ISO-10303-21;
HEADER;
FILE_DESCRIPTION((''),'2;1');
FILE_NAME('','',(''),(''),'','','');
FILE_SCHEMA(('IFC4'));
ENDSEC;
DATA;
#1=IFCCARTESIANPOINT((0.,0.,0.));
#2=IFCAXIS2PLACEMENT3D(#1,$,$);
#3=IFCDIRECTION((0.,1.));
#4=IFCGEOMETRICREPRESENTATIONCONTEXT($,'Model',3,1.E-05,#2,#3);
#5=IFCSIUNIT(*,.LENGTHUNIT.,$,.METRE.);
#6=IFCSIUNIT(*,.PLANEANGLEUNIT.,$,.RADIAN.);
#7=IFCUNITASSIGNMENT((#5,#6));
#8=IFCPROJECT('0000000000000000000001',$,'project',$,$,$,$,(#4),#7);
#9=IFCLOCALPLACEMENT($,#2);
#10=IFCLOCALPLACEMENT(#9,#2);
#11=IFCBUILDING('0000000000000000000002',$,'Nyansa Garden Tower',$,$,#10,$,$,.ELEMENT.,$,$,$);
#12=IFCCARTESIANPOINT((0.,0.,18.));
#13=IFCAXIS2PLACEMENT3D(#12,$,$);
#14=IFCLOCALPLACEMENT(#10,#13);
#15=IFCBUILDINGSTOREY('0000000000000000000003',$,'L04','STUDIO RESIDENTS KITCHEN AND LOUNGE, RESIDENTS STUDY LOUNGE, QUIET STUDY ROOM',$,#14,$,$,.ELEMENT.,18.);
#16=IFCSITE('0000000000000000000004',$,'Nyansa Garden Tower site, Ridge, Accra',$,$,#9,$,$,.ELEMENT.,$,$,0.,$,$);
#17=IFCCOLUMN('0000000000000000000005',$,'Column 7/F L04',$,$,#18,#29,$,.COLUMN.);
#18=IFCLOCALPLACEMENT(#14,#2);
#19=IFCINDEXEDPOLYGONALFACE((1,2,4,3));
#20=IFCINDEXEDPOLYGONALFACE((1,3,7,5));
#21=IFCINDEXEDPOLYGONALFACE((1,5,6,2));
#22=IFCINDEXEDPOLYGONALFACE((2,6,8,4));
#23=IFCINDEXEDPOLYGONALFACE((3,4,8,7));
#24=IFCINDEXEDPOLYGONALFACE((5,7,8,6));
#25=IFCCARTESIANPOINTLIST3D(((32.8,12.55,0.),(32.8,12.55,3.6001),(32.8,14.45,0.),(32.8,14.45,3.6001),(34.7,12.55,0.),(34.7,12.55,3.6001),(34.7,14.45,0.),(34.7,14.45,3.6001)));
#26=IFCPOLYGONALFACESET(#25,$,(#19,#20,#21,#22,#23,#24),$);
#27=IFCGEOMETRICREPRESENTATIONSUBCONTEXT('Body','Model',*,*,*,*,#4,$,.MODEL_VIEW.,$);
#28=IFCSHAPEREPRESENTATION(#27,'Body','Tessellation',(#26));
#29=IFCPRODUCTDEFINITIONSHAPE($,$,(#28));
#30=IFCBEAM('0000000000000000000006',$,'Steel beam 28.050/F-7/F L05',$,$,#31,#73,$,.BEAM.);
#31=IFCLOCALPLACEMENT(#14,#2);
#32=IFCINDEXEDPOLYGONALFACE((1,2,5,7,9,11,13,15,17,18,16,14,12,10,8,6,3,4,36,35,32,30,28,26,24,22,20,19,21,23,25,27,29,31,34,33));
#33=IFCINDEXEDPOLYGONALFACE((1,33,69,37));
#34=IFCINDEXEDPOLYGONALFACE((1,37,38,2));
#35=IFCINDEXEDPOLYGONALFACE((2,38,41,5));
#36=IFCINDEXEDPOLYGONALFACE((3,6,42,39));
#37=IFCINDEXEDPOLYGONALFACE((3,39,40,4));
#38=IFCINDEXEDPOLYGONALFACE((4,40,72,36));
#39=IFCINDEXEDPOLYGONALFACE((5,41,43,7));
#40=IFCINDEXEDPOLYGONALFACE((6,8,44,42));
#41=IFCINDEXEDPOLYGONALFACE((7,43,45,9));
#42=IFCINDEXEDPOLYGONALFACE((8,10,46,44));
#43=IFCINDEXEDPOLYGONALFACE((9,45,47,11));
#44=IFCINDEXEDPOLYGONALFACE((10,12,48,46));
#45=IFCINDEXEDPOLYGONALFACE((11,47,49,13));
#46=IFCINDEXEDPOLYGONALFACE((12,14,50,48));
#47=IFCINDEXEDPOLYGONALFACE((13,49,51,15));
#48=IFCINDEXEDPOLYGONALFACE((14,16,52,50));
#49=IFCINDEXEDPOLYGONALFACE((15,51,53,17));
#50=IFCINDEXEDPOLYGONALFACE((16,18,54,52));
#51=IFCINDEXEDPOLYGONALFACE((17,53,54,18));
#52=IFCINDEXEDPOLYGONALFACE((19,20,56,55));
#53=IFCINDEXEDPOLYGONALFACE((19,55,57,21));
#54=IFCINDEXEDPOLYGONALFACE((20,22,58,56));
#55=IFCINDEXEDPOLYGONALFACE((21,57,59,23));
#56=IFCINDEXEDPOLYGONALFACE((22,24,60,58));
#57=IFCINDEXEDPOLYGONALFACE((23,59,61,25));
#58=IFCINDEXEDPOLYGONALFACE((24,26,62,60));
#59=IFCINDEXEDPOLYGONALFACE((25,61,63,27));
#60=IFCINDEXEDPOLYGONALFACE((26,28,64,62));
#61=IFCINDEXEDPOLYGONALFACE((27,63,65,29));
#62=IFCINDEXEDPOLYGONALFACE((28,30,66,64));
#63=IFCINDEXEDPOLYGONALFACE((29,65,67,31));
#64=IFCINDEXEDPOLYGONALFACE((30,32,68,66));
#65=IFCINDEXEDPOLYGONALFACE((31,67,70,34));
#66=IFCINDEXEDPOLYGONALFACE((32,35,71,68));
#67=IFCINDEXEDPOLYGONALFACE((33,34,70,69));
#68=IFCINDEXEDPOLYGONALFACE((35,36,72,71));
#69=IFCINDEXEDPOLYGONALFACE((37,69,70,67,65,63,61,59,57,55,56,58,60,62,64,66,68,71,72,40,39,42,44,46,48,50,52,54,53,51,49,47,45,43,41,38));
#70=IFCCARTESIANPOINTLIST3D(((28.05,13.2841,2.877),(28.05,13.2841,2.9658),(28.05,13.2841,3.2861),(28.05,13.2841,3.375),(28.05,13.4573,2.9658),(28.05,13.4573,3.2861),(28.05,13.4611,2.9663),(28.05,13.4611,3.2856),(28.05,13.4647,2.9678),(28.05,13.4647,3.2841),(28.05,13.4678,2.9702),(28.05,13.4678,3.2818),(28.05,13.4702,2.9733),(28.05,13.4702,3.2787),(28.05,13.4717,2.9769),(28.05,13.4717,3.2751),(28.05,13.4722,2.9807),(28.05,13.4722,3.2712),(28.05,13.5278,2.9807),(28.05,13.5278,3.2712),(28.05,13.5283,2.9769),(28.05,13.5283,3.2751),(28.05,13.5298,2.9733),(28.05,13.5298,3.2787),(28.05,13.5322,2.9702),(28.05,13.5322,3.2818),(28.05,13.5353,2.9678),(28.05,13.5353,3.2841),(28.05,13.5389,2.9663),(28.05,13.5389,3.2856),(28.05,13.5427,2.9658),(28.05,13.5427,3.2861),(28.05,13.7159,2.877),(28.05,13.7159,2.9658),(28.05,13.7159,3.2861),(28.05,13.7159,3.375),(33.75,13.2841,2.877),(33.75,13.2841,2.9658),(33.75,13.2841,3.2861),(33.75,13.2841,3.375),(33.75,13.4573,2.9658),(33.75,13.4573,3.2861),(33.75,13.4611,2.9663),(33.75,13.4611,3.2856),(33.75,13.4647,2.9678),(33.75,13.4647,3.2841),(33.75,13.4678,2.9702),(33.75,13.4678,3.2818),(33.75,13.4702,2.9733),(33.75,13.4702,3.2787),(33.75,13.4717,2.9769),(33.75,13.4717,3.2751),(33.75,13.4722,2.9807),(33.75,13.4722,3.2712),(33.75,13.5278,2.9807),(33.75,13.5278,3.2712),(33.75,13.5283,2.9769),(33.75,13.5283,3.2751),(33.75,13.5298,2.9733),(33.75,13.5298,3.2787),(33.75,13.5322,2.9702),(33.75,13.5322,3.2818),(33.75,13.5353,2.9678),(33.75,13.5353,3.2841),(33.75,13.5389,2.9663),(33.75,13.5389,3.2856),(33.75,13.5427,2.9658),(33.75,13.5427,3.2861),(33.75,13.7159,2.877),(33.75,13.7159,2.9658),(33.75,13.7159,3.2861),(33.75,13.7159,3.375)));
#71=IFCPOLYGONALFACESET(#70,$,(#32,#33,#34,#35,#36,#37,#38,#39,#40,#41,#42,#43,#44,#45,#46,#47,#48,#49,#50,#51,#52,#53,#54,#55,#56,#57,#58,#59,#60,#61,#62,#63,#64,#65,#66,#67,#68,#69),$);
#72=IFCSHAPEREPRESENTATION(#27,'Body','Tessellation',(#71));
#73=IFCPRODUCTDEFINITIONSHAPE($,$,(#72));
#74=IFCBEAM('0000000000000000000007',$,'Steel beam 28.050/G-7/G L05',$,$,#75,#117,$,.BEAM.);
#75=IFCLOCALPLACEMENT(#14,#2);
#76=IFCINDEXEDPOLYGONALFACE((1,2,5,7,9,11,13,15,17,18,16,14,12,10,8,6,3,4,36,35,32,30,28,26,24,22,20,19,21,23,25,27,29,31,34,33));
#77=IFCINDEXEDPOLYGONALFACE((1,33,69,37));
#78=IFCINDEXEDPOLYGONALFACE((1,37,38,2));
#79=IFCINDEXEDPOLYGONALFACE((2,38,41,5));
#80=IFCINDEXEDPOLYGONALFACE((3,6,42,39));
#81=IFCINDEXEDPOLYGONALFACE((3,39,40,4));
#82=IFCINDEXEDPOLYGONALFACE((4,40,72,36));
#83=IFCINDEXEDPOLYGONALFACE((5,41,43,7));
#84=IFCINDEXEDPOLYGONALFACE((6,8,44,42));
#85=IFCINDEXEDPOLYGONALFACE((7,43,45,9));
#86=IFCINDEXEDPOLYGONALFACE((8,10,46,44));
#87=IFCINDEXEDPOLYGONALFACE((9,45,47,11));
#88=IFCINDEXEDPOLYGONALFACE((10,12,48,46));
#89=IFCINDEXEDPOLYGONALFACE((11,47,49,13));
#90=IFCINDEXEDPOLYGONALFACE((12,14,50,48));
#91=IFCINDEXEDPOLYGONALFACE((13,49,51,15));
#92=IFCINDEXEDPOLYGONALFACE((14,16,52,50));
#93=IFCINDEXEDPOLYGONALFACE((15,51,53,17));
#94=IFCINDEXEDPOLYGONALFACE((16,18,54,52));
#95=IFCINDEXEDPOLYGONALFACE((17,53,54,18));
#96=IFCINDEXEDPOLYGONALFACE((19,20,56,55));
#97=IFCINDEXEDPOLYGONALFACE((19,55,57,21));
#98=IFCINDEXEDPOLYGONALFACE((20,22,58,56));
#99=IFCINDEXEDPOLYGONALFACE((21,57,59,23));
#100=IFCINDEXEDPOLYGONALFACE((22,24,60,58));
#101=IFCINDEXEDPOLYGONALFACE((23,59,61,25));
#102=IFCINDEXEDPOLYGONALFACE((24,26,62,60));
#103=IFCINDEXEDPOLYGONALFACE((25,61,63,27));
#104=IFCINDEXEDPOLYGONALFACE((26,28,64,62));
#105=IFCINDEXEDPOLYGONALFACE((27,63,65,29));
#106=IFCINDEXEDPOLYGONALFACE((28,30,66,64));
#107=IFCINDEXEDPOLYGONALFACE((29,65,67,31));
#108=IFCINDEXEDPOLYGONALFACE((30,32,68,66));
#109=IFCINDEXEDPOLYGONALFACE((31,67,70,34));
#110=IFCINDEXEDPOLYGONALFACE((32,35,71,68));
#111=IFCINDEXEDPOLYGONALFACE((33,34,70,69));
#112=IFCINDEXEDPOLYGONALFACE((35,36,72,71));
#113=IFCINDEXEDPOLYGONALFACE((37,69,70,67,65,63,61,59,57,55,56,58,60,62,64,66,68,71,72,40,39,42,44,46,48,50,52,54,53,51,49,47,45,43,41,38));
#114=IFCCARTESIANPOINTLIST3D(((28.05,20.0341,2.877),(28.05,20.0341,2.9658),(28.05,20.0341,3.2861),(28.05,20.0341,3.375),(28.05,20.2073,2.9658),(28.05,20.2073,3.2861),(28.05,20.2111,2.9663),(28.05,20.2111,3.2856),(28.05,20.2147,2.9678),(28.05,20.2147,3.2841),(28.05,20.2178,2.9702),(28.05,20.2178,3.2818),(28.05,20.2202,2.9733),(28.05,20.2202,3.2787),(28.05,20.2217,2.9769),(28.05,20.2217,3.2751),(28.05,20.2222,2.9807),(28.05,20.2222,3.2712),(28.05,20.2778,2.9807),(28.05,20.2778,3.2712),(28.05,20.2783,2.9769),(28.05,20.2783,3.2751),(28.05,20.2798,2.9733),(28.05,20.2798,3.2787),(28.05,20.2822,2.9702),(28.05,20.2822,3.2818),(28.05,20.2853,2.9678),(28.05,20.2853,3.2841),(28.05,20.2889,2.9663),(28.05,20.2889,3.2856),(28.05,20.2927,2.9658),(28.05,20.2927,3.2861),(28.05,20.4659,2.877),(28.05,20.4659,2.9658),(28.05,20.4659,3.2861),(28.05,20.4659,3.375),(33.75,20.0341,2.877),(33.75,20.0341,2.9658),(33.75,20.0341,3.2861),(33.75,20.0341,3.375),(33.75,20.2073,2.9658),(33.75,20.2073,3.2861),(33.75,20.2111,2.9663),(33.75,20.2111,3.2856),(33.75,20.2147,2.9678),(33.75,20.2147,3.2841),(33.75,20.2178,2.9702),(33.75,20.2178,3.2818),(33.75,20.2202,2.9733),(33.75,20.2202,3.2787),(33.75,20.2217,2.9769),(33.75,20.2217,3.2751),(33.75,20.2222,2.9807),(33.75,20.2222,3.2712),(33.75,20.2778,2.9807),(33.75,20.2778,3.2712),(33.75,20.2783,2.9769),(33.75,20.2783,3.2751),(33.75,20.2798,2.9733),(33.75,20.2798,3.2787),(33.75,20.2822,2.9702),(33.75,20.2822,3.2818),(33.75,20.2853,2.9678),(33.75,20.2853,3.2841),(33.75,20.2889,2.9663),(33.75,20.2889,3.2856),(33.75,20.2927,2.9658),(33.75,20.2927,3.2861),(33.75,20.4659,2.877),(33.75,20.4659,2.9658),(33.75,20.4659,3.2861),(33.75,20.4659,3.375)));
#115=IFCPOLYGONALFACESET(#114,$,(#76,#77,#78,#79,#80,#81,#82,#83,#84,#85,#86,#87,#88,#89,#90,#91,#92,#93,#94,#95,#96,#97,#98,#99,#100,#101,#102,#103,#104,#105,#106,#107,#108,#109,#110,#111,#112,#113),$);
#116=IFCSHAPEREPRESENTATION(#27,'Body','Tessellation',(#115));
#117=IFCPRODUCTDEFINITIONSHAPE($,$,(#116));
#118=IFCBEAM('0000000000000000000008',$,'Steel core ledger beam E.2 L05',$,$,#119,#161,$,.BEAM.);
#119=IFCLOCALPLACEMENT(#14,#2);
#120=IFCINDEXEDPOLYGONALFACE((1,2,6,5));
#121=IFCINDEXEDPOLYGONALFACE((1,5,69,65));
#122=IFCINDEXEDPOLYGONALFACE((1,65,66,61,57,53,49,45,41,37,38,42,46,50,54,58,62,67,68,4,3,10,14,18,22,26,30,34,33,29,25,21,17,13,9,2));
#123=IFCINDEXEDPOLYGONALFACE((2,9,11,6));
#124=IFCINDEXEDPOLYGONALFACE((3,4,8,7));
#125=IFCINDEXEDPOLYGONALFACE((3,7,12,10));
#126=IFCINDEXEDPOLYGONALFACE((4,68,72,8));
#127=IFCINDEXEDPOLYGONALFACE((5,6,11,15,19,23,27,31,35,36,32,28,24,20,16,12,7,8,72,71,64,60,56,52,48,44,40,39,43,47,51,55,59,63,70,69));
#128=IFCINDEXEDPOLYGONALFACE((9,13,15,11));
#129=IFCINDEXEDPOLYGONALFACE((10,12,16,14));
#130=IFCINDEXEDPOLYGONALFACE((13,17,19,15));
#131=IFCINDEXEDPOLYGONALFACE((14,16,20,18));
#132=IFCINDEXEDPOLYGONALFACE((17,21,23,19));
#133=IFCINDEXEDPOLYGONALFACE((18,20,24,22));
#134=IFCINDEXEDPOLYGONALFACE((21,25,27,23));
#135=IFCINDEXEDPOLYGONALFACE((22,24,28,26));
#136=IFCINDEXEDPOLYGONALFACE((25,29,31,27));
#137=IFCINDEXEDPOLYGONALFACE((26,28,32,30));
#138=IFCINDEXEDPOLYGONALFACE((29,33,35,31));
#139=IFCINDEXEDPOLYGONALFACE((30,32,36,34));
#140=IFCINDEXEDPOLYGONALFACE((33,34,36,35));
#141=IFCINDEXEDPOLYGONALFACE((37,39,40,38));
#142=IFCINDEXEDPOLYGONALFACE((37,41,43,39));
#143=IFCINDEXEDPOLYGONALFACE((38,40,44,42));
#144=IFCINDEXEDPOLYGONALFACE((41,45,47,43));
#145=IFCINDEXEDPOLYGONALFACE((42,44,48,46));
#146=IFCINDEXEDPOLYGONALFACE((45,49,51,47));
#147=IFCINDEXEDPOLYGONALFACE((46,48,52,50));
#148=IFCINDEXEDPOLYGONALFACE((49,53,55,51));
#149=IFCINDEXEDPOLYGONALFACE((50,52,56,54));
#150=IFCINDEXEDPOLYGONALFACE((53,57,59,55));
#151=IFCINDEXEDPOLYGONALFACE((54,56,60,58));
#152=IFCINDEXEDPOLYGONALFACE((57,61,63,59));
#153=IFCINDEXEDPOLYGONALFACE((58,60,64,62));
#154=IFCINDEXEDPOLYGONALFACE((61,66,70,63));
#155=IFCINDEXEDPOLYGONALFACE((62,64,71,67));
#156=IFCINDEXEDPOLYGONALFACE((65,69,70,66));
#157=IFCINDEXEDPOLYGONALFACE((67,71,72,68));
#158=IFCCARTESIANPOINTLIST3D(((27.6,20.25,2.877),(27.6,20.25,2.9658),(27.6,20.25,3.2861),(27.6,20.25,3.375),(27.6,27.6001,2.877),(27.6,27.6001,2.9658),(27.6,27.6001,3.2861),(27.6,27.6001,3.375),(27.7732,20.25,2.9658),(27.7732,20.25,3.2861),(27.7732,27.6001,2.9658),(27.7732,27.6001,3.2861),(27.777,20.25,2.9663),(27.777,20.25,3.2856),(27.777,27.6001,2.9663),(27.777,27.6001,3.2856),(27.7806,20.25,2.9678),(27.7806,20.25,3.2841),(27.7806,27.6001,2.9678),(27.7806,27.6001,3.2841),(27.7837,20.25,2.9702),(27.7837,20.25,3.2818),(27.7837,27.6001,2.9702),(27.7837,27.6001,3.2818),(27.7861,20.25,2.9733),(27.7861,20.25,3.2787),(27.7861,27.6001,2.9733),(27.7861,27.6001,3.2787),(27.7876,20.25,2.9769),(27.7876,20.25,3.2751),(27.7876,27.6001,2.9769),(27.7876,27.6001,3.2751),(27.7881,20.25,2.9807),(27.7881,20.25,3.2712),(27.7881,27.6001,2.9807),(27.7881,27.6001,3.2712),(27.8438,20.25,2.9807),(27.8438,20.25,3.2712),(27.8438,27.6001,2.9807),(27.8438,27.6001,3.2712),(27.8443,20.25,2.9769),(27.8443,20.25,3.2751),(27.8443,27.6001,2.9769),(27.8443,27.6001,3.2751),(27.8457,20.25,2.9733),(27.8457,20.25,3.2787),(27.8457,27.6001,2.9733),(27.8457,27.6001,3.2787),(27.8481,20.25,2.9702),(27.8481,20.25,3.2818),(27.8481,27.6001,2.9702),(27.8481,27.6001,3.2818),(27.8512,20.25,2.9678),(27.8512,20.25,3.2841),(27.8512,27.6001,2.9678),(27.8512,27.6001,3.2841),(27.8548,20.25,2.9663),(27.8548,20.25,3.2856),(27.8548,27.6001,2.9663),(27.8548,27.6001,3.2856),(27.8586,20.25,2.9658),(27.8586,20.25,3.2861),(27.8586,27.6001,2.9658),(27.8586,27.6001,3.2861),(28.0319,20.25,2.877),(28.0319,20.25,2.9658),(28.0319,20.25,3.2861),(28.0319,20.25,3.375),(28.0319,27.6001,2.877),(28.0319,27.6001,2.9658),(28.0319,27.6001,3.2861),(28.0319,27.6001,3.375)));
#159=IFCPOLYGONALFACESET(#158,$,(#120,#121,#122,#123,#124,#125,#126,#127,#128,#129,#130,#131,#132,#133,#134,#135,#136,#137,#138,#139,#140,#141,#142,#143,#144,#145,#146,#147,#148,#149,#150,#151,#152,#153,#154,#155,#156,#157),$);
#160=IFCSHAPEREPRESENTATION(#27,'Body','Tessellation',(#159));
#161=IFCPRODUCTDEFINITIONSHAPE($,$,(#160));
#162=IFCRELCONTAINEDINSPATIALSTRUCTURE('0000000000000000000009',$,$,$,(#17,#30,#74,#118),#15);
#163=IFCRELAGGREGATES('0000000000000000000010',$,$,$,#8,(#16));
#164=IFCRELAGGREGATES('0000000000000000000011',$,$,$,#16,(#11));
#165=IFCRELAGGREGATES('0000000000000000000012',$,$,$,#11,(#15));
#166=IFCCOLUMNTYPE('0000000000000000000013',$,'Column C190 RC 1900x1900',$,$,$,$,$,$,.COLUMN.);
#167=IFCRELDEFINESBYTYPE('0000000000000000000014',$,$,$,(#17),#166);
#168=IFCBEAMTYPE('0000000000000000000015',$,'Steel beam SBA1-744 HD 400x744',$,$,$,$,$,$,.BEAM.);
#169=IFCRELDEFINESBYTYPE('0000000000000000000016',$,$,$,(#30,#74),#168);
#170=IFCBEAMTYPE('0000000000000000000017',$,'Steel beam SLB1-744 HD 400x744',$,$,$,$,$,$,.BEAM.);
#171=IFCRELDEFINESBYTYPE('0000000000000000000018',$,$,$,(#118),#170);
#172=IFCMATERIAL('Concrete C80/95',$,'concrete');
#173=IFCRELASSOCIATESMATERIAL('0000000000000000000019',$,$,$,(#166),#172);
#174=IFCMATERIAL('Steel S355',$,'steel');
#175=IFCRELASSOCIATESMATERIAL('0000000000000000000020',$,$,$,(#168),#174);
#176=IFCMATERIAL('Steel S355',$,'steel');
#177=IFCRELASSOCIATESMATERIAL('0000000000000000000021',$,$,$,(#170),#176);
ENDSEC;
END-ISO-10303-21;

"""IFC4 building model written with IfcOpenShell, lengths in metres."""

from ifc_helpers import new_model, si_unit, direction, frame, origin, origin_2d, place, context, subcontext, project, spatial, rectangle, i_section, extrude, material, material_profile, profile_set, type_object, element, save


model = new_model("IFC4")

# Units and contexts
model_context = context("Model", 3, precision=1e-05, world=origin(), true_north=direction((0.0, 1.0)))
body_context = subcontext(model_context, "Body", "Model", "MODEL_VIEW")
ifc_project = project(units=[si_unit("LENGTHUNIT", "METRE"), si_unit("PLANEANGLEUNIT", "RADIAN")], contexts=[model_context])

# Site, building, storey
site_placement = place(None, origin())
site = spatial("IfcSite", under=ifc_project, at=site_placement, Name="Nyansa Garden Tower site, Ridge, Accra", CompositionType="ELEMENT", RefElevation=0.0)
building_placement = place(site_placement, origin())
building = spatial("IfcBuilding", under=site, at=building_placement, Name="Nyansa Garden Tower", CompositionType="ELEMENT")
storey_placement = place(building_placement, frame((0.0, 0.0, 18.0)))
storey = spatial("IfcBuildingStorey", under=building, at=storey_placement, Name="L04", Description="STUDIO RESIDENTS KITCHEN AND LOUNGE, RESIDENTS STUDY LOUNGE, QUIET STUDY ROOM", CompositionType="ELEMENT", Elevation=18.0)

# Column
ifc_material_1 = material(Name="Concrete C80/95", Category="concrete")
ifc_material_profile_1 = material_profile(ifc_material_1, rectangle(XDim=1.8999, YDim=1.8999, at=origin_2d()), Name="RC 1900x1900")
ifc_profile_set_1 = profile_set([ifc_material_profile_1], Name="Concrete C80/95")
column_type = type_object("IfcColumnType", Name="Column C190 RC 1900x1900", PredefinedType="COLUMN", material=ifc_profile_set_1)
column_placement = place(storey_placement, frame((33.75, 13.5, 0.0), z_axis=(0.0, 0.0, 1.0), x_axis=(1.0, 0.0, 0.0)))
element("IfcColumn", 1, at=column_placement, inside=storey, type_object=column_type, Name="Column 7/F L04", PredefinedType="COLUMN", context=body_context, shape_type="SweptSolid", body=[
    extrude(rectangle(XDim=1.8999, YDim=1.8999, at=origin_2d()), origin(), (0.0, 0.0, 1.0), 3.6001),
])

# Beams
ifc_material_2 = material(Name="Steel S355", Category="steel")
ifc_material_profile_2 = material_profile(ifc_material_2, i_section(OverallWidth=0.4319, OverallDepth=0.498, WebThickness=0.0557, FlangeThickness=0.0889, FilletRadius=0.0149, at=origin_2d()), Name="HD 400x744")
ifc_profile_set_2 = profile_set([ifc_material_profile_2], Name="Steel S355")
beam_type_1 = type_object("IfcBeamType", Name="Steel beam SBA1-744 HD 400x744", PredefinedType="BEAM", material=ifc_profile_set_2)
for number, where, z_axis, x_axis, name in (
    (2, (28.05, 13.5, 3.126), (1.0, 0.0, 0.0), (0.0, 1.0, 0.0), "Steel beam 28.050/F-7/F L05"),
    (3, (28.05, 20.25, 3.126), (1.0, 0.0, 0.0), (0.0, 1.0, 0.0), "Steel beam 28.050/G-7/G L05"),
):
    element("IfcBeam", number, at=place(storey_placement, frame(where, z_axis=z_axis, x_axis=x_axis)), inside=storey, type_object=beam_type_1, Name=name, PredefinedType="BEAM", context=body_context, shape_type="SweptSolid", body=[
        extrude(i_section(OverallWidth=0.4319, OverallDepth=0.498, WebThickness=0.0557, FlangeThickness=0.0889, FilletRadius=0.0149, at=origin_2d()), origin(), (0.0, 0.0, 1.0), 5.7),
    ])
ifc_material_3 = material(Name="Steel S355", Category="steel")
ifc_material_profile_3 = material_profile(ifc_material_3, i_section(OverallWidth=0.4319, OverallDepth=0.498, WebThickness=0.0557, FlangeThickness=0.0889, FilletRadius=0.0149, at=origin_2d()), Name="HD 400x744")
ifc_profile_set_3 = profile_set([ifc_material_profile_3], Name="Steel S355")
beam_type_2 = type_object("IfcBeamType", Name="Steel beam SLB1-744 HD 400x744", PredefinedType="BEAM", material=ifc_profile_set_3)
beam_1_placement = place(storey_placement, frame((27.8159, 20.25, 3.126), z_axis=(0.0, 1.0, 0.0), x_axis=(-1.0, 0.0, 0.0)))
element("IfcBeam", 4, at=beam_1_placement, inside=storey, type_object=beam_type_2, Name="Steel core ledger beam E.2 L05", PredefinedType="BEAM", context=body_context, shape_type="SweptSolid", body=[
    extrude(i_section(OverallWidth=0.4319, OverallDepth=0.498, WebThickness=0.0557, FlangeThickness=0.0889, FilletRadius=0.0149, at=origin_2d()), origin(), (0.0, 0.0, 1.0), 7.3501),
])

save(model, "model.ifc")
